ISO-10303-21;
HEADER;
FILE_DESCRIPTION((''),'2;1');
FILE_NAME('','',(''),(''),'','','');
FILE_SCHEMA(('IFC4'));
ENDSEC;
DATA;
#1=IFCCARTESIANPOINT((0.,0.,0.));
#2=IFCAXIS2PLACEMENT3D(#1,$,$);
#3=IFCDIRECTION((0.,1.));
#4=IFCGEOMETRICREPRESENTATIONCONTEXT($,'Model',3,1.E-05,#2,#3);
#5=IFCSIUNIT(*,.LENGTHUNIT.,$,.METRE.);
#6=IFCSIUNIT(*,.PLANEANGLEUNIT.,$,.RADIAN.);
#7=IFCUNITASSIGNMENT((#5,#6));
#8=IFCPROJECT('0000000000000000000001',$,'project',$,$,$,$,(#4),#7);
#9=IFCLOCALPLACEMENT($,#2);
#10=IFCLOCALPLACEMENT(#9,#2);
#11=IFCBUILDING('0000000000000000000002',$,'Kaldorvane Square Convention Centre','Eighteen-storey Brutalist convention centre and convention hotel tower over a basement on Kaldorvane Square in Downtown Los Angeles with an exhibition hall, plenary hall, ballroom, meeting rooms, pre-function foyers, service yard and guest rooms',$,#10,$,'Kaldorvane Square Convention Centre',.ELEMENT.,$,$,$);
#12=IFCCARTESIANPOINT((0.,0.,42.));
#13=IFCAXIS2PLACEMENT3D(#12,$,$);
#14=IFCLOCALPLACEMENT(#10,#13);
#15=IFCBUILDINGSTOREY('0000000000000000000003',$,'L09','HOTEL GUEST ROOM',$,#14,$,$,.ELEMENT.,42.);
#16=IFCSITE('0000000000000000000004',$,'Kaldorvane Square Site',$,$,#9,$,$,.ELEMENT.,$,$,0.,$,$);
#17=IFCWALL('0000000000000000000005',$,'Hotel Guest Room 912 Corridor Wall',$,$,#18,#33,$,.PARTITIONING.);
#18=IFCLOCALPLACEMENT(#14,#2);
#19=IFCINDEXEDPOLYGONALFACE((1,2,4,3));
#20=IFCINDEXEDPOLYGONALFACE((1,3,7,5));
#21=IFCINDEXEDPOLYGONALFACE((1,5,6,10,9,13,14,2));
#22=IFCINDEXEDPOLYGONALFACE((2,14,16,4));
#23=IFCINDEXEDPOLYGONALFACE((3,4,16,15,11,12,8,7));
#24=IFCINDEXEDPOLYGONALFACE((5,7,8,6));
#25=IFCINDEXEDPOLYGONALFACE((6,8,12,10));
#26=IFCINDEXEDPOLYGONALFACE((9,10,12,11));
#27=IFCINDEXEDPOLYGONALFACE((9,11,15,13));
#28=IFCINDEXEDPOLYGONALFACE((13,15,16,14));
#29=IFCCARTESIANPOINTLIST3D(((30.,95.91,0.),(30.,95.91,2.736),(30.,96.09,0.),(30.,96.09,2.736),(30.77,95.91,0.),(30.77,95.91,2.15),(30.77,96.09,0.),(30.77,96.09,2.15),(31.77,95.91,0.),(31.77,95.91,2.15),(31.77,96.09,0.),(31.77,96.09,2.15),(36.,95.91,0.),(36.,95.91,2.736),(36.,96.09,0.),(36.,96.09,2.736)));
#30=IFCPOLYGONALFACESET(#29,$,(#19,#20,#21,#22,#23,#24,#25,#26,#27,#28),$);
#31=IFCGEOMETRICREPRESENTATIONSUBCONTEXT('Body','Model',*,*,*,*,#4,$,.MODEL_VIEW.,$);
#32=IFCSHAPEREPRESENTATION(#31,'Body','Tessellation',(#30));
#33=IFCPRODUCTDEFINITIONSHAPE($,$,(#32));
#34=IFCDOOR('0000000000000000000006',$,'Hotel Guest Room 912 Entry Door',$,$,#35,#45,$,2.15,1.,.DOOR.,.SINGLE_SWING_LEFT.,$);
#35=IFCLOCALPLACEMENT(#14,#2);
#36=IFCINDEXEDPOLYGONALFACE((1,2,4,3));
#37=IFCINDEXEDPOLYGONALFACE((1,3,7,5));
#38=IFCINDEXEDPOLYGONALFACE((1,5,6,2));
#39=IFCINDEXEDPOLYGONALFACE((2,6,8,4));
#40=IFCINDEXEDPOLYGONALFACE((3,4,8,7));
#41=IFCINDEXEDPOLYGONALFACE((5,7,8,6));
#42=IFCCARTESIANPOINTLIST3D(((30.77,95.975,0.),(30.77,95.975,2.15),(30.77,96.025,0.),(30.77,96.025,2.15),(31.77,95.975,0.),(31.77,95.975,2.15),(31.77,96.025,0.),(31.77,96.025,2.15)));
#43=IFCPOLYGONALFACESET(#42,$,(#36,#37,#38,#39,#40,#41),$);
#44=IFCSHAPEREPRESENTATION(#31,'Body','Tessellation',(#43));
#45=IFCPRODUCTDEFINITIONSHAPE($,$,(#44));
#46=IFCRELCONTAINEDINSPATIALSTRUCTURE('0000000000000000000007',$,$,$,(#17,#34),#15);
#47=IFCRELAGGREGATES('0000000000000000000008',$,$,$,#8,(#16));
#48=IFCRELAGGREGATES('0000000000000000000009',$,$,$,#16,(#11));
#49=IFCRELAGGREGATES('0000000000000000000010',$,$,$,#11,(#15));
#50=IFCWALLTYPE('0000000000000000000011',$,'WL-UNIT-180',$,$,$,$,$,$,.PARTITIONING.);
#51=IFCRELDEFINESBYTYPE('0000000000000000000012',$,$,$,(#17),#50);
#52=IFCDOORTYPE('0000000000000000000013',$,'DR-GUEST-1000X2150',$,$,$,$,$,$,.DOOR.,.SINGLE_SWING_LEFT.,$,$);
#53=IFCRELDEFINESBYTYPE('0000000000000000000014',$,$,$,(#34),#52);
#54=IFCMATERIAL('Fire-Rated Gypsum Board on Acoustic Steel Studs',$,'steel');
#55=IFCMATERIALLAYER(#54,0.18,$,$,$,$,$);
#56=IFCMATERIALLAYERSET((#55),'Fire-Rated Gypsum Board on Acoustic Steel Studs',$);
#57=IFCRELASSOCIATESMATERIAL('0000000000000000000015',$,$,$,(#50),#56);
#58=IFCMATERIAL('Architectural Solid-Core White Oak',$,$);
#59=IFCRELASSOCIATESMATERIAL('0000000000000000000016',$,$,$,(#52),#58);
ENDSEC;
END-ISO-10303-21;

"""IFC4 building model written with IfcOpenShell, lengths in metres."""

from ifc_helpers import new_model, si_unit, direction, frame, frame_2d, origin, place, context, subcontext, project, spatial, rectangle, extrude, material, layer, layer_set, type_object, element, fill, save


model = new_model("IFC4")

# Units and contexts
model_context = context("Model", 3, precision=1e-05, world=origin(), true_north=direction((0.0, 1.0)))
body_context = subcontext(model_context, "Body", "Model", "MODEL_VIEW")
ifc_project = project(units=[si_unit("LENGTHUNIT", "METRE"), si_unit("PLANEANGLEUNIT", "RADIAN")], contexts=[model_context])

# Site, building, storey
site_placement = place(None, origin())
site = spatial("IfcSite", under=ifc_project, at=site_placement, Name="Kaldorvane Square Site", CompositionType="ELEMENT", RefElevation=0.0)
building_placement = place(site_placement, origin())
building = spatial("IfcBuilding", under=site, at=building_placement, Name="Kaldorvane Square Convention Centre", Description="Eighteen-storey Brutalist convention centre and convention hotel tower over a basement on Kaldorvane Square in Downtown Los Angeles with an exhibition hall, plenary hall, ballroom, meeting rooms, pre-function foyers, service yard and guest rooms", LongName="Kaldorvane Square Convention Centre", CompositionType="ELEMENT")
storey_placement = place(building_placement, frame((0.0, 0.0, 42.0)))
storey = spatial("IfcBuildingStorey", under=building, at=storey_placement, Name="L09", Description="HOTEL GUEST ROOM", CompositionType="ELEMENT", Elevation=42.0)

# Shared definitions
ifc_material_1 = material(Name="Fire-Rated Gypsum Board on Acoustic Steel Studs", Category="steel")
ifc_material_2 = material(Name="Architectural Solid-Core White Oak")

# Wall, opening, door
ifc_layer_1 = layer(ifc_material_1, 0.18)
ifc_layer_set_1 = layer_set([ifc_layer_1], Name="Fire-Rated Gypsum Board on Acoustic Steel Studs")
wall_type_1 = type_object("IfcWallType", Name="WL-UNIT-180", PredefinedType="PARTITIONING", material=ifc_layer_set_1)
door_type_1 = type_object("IfcDoorType", Name="DR-GUEST-1000X2150", OperationType="SINGLE_SWING_LEFT", PredefinedType="DOOR", material=ifc_material_2)
wall_1_placement = place(storey_placement, frame((30.0, 96.0, 0.0), z_axis=(0.0, 0.0, 1.0), x_axis=(1.0, 0.0, 0.0)))
wall_1 = element("IfcWall", 1, at=wall_1_placement, inside=storey, type_object=wall_type_1, Name="Hotel Guest Room 912 Corridor Wall", PredefinedType="PARTITIONING", context=body_context, shape_type="SweptSolid", body=[
    extrude(rectangle(XDim=6.0, YDim=0.18, at=frame_2d((3.0, 0.0))), origin(), (0.0, 0.0, 1.0), 2.736),
])
opening_1_placement = place(wall_1_placement, frame((0.77, 0.0, 0.0)))
opening_1 = element("IfcOpeningElement", 2, at=opening_1_placement, cuts=wall_1, PredefinedType="OPENING", context=body_context, shape_type="SweptSolid", body=[
    extrude(rectangle(XDim=1.0, YDim=2.15, at=frame_2d((0.5, 1.075))), frame((0.0, 0.105, 0.0), z_axis=(0.0, -1.0, 0.0), x_axis=(1.0, 0.0, 0.0)), (0.0, 0.0, 1.0), 0.21),
])
door_1_placement = place(opening_1_placement, origin())
door_1 = element("IfcDoor", 3, at=door_1_placement, inside=storey, type_object=door_type_1, Name="Hotel Guest Room 912 Entry Door", OperationType="SINGLE_SWING_LEFT", OverallHeight=2.15, OverallWidth=1.0, PredefinedType="DOOR", context=body_context, shape_type="SweptSolid", body=[
    extrude(rectangle(XDim=1.0, YDim=2.15, at=frame_2d((0.5, 1.075))), frame((0.0, 0.025, 0.0), z_axis=(0.0, -1.0, 0.0), x_axis=(1.0, 0.0, 0.0)), (0.0, 0.0, 1.0), 0.05),
])
fill(opening_1, door_1)

save(model, "model.ifc")
